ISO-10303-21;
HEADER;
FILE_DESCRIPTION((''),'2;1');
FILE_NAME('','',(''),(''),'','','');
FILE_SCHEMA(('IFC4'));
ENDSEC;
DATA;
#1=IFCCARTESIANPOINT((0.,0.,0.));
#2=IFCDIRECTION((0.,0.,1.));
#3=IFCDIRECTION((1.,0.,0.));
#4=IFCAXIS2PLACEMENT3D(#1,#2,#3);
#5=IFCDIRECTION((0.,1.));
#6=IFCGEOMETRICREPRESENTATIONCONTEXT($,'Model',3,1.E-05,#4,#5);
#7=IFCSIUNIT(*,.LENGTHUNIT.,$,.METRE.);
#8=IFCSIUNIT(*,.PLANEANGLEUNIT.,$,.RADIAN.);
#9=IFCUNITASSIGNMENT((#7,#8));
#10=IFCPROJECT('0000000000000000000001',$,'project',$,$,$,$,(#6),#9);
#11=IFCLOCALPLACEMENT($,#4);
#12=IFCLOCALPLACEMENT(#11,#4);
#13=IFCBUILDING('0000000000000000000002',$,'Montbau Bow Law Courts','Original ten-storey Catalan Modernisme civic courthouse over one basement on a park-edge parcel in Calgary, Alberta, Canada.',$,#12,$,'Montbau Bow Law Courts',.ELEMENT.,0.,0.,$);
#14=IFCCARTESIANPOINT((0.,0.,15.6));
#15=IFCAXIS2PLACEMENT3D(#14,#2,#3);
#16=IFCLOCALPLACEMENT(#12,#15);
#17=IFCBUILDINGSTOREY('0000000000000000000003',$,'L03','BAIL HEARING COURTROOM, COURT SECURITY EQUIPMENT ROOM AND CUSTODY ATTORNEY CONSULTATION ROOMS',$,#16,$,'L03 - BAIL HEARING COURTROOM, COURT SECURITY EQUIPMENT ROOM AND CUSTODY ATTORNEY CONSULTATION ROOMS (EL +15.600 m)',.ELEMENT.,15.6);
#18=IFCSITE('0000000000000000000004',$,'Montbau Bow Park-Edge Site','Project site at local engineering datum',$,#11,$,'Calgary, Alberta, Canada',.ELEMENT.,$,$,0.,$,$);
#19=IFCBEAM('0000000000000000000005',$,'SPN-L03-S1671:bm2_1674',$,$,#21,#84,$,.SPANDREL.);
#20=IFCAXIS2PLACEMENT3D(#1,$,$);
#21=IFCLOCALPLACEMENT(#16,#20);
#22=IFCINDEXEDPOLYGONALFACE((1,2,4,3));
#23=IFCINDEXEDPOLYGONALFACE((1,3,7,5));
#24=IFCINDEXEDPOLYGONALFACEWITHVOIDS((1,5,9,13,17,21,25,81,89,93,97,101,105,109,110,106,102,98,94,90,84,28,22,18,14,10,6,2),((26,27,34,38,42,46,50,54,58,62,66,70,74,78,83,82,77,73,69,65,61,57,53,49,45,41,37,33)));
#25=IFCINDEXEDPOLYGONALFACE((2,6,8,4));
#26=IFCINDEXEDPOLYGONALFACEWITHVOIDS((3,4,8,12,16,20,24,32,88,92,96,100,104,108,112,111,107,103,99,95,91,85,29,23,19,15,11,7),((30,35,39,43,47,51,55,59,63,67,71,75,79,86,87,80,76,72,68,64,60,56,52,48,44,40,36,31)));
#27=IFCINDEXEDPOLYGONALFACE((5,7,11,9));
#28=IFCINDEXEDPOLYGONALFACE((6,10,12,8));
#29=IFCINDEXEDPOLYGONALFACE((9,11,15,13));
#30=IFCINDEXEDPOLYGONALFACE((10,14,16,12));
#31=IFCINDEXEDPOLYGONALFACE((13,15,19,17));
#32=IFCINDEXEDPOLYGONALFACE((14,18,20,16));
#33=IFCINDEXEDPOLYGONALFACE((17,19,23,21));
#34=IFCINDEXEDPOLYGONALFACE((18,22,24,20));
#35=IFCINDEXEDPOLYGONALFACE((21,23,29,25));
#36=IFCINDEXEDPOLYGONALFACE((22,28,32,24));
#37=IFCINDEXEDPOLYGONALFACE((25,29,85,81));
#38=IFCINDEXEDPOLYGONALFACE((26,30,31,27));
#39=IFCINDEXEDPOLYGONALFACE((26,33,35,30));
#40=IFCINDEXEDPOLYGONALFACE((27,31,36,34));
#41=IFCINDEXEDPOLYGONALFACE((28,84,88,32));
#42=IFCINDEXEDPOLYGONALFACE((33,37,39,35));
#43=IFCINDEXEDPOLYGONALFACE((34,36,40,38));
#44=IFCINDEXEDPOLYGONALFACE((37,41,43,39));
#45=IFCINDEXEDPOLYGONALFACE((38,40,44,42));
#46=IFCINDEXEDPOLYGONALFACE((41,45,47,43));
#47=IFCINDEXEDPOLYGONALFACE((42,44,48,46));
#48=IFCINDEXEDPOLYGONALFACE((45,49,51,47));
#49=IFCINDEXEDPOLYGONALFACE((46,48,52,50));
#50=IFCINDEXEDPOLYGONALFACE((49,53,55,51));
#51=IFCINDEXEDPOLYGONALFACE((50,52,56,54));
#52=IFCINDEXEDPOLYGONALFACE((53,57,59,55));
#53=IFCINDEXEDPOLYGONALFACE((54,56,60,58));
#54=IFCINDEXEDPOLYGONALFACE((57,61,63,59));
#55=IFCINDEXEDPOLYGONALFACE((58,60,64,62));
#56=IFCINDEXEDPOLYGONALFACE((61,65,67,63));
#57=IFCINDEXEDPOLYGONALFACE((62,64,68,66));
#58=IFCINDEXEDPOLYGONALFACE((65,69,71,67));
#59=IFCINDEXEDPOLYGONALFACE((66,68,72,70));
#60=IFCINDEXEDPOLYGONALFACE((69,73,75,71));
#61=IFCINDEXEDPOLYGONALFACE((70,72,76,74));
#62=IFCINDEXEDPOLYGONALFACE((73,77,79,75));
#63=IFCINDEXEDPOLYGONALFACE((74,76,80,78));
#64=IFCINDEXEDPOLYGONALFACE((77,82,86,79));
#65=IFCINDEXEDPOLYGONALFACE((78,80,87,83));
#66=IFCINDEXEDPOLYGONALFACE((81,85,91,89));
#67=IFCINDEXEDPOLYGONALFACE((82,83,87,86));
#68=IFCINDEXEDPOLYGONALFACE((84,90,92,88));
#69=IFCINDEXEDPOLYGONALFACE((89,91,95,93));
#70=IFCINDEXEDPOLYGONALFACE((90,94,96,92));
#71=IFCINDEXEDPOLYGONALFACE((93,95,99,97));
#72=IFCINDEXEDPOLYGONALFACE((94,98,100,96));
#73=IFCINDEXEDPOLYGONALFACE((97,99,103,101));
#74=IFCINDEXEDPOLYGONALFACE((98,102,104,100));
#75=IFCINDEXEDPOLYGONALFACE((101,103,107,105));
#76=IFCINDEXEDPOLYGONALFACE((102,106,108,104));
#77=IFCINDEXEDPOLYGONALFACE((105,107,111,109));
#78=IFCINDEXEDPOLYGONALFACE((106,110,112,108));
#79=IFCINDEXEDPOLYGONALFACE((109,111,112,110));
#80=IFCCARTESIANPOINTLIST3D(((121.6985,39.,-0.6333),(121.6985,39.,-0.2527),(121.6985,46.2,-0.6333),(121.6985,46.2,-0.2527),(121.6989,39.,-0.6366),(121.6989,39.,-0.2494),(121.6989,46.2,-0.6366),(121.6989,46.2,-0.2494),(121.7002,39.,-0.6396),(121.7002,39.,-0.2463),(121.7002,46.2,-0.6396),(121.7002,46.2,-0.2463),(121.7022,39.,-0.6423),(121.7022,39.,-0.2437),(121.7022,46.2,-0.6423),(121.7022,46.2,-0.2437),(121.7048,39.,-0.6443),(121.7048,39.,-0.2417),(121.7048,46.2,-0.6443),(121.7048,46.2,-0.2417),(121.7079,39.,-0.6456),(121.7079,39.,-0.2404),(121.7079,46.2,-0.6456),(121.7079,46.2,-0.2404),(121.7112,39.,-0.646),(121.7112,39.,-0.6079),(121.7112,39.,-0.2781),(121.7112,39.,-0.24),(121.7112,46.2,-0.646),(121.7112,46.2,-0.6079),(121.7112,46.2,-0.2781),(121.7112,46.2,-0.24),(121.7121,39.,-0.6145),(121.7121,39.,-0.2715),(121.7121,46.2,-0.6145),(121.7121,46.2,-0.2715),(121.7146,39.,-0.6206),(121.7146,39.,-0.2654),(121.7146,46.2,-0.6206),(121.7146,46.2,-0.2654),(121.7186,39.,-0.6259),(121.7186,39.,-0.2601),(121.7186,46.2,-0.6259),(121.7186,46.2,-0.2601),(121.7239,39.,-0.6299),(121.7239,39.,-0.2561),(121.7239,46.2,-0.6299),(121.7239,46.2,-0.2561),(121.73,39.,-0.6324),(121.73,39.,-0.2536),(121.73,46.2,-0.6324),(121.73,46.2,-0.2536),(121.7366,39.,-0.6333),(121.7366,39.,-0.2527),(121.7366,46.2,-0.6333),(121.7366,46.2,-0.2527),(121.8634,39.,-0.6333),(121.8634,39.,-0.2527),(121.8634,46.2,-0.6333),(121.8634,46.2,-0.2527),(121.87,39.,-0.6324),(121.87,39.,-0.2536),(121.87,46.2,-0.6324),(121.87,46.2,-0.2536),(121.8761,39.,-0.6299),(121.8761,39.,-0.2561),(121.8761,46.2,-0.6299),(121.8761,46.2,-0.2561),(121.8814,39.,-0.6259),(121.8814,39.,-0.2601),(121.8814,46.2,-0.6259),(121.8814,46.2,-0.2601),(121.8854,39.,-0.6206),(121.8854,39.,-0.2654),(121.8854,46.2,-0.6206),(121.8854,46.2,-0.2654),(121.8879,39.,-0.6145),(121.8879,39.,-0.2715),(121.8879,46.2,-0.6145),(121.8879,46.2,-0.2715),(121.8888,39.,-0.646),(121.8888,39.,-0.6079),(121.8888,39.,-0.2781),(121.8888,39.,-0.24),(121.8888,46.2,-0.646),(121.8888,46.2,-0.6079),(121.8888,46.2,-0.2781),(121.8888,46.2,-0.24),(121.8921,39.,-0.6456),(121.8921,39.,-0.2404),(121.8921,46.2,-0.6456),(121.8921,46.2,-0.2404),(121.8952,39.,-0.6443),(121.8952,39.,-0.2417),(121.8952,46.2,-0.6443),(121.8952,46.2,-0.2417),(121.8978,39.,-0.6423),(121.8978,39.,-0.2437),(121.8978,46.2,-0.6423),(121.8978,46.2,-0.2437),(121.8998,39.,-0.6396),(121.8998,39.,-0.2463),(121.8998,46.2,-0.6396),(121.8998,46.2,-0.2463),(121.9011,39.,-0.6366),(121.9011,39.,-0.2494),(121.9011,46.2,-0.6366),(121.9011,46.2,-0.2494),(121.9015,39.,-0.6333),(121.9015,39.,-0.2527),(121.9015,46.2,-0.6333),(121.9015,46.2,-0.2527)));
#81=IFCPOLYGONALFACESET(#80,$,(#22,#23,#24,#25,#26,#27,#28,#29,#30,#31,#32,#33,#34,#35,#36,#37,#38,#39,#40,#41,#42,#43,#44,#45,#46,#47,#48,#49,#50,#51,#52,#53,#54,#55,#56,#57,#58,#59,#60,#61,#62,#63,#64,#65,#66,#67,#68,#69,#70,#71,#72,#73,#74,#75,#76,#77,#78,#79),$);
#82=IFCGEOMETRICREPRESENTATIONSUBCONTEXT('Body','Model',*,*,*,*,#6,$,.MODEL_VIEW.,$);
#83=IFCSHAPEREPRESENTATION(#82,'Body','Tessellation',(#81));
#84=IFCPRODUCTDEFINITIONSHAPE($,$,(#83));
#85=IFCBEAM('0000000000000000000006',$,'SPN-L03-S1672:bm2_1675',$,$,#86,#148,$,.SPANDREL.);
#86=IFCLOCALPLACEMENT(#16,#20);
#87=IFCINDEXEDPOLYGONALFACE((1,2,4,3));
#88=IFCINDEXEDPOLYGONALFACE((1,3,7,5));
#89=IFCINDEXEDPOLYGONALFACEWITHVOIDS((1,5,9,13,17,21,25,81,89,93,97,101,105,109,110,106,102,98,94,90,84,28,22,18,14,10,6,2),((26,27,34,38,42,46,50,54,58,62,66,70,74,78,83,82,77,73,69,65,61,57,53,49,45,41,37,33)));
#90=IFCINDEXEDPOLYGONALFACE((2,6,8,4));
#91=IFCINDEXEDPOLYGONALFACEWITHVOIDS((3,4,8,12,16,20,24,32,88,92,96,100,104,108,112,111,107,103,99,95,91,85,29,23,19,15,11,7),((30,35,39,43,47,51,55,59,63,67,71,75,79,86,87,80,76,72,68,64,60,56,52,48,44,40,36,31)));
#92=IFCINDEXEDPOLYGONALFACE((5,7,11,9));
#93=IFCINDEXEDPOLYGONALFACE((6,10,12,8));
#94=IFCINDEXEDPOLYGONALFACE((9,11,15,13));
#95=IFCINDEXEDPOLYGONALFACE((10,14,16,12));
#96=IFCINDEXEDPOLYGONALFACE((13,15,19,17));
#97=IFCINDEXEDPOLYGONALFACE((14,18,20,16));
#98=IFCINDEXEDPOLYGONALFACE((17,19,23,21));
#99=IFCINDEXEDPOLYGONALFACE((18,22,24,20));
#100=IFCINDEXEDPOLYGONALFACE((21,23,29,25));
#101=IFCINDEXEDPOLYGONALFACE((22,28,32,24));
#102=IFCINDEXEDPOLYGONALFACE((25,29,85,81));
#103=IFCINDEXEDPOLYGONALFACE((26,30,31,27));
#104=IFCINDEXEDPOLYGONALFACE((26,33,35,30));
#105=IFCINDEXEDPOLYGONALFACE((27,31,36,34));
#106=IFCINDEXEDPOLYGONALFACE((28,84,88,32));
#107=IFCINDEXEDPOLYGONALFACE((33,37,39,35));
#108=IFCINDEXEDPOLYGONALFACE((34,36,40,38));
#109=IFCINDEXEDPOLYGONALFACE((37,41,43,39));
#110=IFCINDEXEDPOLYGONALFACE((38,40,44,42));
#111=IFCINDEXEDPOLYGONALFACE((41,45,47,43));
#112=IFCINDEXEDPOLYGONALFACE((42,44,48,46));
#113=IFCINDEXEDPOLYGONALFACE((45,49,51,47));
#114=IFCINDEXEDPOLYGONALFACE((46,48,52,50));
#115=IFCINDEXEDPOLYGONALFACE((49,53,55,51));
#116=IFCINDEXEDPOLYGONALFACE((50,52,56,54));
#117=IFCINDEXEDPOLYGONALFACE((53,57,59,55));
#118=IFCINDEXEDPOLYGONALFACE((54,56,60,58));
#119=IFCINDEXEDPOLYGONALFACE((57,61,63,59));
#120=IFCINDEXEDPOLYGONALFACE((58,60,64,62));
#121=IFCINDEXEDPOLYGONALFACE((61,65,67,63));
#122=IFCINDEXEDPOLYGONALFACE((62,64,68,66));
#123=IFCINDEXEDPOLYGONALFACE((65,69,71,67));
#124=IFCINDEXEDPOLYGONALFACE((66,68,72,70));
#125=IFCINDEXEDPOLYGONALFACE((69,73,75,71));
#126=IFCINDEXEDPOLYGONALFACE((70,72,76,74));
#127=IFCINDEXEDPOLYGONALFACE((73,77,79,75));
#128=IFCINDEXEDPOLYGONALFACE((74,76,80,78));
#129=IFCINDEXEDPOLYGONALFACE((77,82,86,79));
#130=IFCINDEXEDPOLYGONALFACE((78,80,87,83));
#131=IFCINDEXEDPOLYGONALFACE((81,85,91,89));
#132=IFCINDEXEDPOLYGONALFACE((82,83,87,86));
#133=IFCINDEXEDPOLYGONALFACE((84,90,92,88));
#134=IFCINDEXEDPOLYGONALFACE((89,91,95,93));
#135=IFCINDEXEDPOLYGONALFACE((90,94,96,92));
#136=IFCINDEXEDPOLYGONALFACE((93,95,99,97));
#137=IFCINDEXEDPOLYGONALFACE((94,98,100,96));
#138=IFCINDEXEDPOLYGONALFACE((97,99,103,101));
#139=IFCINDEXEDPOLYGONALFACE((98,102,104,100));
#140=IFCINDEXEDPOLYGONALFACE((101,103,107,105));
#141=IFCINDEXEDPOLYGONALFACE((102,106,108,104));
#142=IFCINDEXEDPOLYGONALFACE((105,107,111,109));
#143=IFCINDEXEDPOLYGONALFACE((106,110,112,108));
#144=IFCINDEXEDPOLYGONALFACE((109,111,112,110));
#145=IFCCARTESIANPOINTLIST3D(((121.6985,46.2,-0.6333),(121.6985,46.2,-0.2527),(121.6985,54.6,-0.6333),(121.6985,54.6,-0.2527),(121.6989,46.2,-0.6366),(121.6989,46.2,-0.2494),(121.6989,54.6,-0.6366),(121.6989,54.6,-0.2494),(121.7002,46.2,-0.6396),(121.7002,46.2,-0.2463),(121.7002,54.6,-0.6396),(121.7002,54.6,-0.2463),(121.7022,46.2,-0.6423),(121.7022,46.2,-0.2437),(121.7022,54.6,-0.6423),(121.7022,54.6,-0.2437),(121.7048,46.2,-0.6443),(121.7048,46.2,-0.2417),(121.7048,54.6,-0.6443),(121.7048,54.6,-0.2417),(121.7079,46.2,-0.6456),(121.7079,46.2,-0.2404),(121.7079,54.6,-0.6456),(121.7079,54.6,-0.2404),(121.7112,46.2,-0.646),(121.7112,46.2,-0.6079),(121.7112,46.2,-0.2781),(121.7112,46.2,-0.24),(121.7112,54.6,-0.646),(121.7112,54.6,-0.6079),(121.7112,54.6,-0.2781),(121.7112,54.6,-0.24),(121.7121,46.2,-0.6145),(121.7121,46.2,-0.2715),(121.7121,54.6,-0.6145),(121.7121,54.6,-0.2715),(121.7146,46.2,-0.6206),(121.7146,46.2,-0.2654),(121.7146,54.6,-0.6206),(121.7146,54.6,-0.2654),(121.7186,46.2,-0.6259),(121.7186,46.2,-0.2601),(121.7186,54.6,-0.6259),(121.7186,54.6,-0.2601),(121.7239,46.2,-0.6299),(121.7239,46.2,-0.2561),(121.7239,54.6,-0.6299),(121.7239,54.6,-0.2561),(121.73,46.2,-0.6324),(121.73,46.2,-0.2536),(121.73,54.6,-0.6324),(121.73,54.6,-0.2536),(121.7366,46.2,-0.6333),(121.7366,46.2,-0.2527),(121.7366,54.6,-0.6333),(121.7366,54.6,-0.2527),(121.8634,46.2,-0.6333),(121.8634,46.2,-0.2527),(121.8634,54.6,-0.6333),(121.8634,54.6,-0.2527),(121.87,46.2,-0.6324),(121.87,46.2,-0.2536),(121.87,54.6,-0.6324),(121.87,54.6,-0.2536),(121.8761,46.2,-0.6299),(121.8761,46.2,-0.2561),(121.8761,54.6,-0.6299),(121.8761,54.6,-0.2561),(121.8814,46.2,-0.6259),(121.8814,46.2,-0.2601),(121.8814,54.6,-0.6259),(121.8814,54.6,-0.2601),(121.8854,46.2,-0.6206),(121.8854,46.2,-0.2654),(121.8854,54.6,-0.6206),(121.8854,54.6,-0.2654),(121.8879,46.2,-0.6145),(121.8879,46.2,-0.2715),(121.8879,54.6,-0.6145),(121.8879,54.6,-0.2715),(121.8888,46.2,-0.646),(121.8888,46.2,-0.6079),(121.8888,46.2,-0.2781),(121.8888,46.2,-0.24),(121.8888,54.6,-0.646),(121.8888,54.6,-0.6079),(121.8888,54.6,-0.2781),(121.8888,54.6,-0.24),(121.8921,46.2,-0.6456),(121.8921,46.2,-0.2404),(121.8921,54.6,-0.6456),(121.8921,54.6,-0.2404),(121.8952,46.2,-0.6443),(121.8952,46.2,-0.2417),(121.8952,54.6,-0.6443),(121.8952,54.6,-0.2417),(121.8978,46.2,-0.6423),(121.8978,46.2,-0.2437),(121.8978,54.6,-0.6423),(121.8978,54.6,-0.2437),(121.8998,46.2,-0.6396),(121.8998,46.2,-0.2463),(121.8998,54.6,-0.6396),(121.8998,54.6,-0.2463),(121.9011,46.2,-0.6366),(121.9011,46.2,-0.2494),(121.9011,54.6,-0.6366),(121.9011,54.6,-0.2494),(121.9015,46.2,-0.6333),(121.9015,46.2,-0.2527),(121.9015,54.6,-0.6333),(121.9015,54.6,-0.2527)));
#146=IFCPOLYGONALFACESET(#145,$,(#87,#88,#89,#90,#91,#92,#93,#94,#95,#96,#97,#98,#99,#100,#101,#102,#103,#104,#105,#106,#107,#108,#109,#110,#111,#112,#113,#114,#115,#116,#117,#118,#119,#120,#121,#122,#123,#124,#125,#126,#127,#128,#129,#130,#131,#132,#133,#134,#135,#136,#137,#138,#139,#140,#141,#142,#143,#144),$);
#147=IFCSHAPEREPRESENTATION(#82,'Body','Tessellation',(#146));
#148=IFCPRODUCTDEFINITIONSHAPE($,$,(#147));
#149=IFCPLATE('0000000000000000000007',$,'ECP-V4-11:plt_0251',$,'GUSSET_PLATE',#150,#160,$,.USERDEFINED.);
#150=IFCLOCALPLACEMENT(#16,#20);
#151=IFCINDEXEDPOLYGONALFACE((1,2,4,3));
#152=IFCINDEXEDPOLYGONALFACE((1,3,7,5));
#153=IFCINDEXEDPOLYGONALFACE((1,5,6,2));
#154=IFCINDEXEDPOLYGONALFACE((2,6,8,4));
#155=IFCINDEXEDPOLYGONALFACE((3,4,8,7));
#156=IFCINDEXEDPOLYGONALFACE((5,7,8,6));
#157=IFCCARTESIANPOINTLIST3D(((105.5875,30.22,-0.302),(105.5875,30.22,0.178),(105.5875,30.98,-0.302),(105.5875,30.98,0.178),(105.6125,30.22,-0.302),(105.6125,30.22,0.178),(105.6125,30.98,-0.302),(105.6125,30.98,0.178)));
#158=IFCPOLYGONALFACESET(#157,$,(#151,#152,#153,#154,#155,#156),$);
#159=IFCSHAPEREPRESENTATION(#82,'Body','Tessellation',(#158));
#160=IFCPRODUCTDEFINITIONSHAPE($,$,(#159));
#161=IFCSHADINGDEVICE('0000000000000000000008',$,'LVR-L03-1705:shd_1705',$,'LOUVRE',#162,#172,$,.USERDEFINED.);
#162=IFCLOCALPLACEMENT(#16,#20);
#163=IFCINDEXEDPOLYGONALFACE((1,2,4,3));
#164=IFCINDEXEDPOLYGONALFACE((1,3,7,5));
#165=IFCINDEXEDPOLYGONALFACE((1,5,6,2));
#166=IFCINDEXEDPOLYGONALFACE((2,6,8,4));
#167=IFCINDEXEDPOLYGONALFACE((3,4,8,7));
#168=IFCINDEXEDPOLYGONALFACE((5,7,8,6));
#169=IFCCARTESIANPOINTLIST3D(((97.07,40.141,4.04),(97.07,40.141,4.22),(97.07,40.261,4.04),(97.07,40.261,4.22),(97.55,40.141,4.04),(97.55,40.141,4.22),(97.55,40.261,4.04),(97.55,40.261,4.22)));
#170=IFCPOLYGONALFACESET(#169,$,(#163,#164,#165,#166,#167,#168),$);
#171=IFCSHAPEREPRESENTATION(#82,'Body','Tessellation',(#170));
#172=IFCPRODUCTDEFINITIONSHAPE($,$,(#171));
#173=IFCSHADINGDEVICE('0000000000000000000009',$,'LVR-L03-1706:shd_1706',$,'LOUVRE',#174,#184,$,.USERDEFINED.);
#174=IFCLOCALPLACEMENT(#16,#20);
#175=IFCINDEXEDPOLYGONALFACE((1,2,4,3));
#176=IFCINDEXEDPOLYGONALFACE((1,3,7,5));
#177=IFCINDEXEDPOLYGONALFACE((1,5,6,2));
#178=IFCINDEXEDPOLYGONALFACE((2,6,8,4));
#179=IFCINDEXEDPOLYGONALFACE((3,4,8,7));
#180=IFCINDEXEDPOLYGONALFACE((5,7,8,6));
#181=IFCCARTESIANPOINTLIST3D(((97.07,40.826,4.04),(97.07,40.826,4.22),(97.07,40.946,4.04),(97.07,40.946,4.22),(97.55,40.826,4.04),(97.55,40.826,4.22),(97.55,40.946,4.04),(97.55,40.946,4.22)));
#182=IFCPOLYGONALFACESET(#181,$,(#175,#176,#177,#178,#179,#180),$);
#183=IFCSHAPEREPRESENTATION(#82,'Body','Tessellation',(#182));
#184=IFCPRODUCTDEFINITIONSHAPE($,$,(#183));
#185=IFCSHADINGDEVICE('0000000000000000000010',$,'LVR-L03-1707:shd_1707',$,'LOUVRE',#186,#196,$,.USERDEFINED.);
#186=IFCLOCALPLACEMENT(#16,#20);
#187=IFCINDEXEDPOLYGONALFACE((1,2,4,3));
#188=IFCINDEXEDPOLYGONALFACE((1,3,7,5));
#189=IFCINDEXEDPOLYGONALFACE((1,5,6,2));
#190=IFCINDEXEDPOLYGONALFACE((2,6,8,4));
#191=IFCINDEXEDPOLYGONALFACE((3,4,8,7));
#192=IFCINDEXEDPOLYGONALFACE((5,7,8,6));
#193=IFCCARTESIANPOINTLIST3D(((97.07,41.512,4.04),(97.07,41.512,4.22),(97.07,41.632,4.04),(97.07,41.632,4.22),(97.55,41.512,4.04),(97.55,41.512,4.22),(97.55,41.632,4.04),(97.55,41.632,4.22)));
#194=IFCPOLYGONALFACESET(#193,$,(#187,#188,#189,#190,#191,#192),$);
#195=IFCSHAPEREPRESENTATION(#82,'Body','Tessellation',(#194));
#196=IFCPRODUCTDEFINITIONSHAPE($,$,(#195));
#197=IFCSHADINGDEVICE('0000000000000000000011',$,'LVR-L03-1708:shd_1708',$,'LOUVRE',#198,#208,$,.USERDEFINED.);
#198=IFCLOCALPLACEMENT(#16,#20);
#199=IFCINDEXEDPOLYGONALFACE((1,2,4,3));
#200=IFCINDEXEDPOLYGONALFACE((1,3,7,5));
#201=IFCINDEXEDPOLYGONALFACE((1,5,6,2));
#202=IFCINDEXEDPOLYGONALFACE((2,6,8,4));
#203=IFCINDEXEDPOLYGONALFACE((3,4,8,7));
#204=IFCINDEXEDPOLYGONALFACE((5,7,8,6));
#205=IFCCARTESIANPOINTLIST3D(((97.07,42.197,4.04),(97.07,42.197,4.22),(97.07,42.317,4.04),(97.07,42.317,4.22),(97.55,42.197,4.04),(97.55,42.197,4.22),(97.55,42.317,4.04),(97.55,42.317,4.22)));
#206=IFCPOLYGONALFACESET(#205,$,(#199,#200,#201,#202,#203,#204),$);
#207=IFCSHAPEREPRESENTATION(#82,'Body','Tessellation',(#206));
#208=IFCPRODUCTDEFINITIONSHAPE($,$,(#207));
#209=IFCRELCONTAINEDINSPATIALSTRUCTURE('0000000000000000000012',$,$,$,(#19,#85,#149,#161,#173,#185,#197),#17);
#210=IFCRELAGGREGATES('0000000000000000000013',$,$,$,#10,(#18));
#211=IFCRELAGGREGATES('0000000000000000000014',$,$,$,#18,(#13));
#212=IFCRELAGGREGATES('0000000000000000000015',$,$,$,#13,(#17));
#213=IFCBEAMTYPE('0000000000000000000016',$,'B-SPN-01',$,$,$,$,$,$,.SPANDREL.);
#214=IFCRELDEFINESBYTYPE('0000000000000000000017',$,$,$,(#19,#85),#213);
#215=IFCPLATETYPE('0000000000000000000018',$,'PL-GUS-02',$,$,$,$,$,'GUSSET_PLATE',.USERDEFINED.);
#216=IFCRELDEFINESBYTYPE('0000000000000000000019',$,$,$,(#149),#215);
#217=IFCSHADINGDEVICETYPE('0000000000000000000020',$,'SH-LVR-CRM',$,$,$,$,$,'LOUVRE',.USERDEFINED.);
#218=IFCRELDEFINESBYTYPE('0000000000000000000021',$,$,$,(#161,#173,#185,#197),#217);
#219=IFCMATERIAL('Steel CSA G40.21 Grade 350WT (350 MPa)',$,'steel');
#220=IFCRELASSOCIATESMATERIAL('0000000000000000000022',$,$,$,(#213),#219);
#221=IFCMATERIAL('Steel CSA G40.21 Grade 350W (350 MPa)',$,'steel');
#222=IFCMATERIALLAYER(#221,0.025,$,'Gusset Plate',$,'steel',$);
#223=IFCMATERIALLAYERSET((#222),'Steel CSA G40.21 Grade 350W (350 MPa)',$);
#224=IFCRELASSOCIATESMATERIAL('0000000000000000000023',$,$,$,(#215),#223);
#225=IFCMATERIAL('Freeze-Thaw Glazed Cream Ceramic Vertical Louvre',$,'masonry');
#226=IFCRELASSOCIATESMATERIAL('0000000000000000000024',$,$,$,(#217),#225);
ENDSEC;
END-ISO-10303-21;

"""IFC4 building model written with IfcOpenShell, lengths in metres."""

from ifc_helpers import new_model, si_unit, direction, frame, origin_with_axes, origin_2d_with_axis, place, context, subcontext, project, spatial, rectangle, hollow_rectangle, extrude, material, layer, layer_set, material_profile, profile_set, type_object, element, save


model = new_model("IFC4")

# Units and contexts
model_context = context("Model", 3, precision=1e-05, world=origin_with_axes(), true_north=direction((0.0, 1.0)))
body_context = subcontext(model_context, "Body", "Model", "MODEL_VIEW")
ifc_project = project(units=[si_unit("LENGTHUNIT", "METRE"), si_unit("PLANEANGLEUNIT", "RADIAN")], contexts=[model_context])

# Site, building, storey
site_placement = place(None, origin_with_axes())
site = spatial("IfcSite", under=ifc_project, at=site_placement, Name="Montbau Bow Park-Edge Site", Description="Project site at local engineering datum", LongName="Calgary, Alberta, Canada", CompositionType="ELEMENT", RefElevation=0.0)
building_placement = place(site_placement, origin_with_axes())
building = spatial("IfcBuilding", under=site, at=building_placement, Name="Montbau Bow Law Courts", Description="Original ten-storey Catalan Modernisme civic courthouse over one basement on a park-edge parcel in Calgary, Alberta, Canada.", LongName="Montbau Bow Law Courts", CompositionType="ELEMENT", ElevationOfRefHeight=0.0, ElevationOfTerrain=0.0)
storey_placement = place(building_placement, frame((0.0, 0.0, 15.6), z_axis=(0.0, 0.0, 1.0), x_axis=(1.0, 0.0, 0.0)))
storey = spatial("IfcBuildingStorey", under=building, at=storey_placement, Name="L03", Description="BAIL HEARING COURTROOM, COURT SECURITY EQUIPMENT ROOM AND CUSTODY ATTORNEY CONSULTATION ROOMS", LongName="L03 - BAIL HEARING COURTROOM, COURT SECURITY EQUIPMENT ROOM AND CUSTODY ATTORNEY CONSULTATION ROOMS (EL +15.600 m)", CompositionType="ELEMENT", Elevation=15.6)

# Beams
ifc_material_1 = material(Name="Steel CSA G40.21 Grade 350W (350 MPa)", Category="steel")
ifc_material_2 = material(Name="Steel CSA G40.21 Grade 350WT (350 MPa)", Category="steel")
ifc_material_profile_1 = material_profile(ifc_material_2, hollow_rectangle(XDim=0.203, YDim=0.406, WallThickness=0.0127, InnerFilletRadius=0.0254, OuterFilletRadius=0.0127, at=origin_2d_with_axis()), Name="HSS406X203X13", Category="Main", Priority=0)
ifc_profile_set_1 = profile_set([ifc_material_profile_1], Name="Steel CSA G40.21 Grade 350WT (350 MPa)")
beam_type_1 = type_object("IfcBeamType", Name="B-SPN-01", PredefinedType="SPANDREL", material=ifc_profile_set_1)
beam_1_placement = place(None, frame((121.8, 39.0, 15.157), z_axis=(0.0, 1.0, 0.0), x_axis=(-1.0, 0.0, 0.0)))
element("IfcBeam", 1, at=beam_1_placement, inside=storey, type_object=beam_type_1, Name="SPN-L03-S1671:bm2_1674", PredefinedType="SPANDREL", context=body_context, shape_type="SweptSolid", body=[
    extrude(hollow_rectangle(XDim=0.203, YDim=0.406, WallThickness=0.0127, InnerFilletRadius=0.0254, OuterFilletRadius=0.0127, at=origin_2d_with_axis()), origin_with_axes(), (0.0, 0.0, 1.0), 7.2),
])
beam_2_placement = place(None, frame((121.8, 46.2, 15.157), z_axis=(0.0, 1.0, 0.0), x_axis=(-1.0, 0.0, 0.0)))
element("IfcBeam", 2, at=beam_2_placement, inside=storey, type_object=beam_type_1, Name="SPN-L03-S1672:bm2_1675", PredefinedType="SPANDREL", context=body_context, shape_type="SweptSolid", body=[
    extrude(hollow_rectangle(XDim=0.203, YDim=0.406, WallThickness=0.0127, InnerFilletRadius=0.0254, OuterFilletRadius=0.0127, at=origin_2d_with_axis()), origin_with_axes(), (0.0, 0.0, 1.0), 8.4),
])

# Plate
ifc_layer = layer(ifc_material_1, 0.025, Name="Gusset Plate", Category="steel")
ifc_layer_set = layer_set([ifc_layer], Name="Steel CSA G40.21 Grade 350W (350 MPa)")
plate_type = type_object("IfcPlateType", Name="PL-GUS-02", ElementType="GUSSET_PLATE", PredefinedType="USERDEFINED", material=ifc_layer_set)
plate_placement = place(None, frame((105.6, 30.6, 15.298), z_axis=(0.0, 0.0, 1.0), x_axis=(1.0, 0.0, 0.0)))
element("IfcPlate", 3, at=plate_placement, inside=storey, type_object=plate_type, Name="ECP-V4-11:plt_0251", ObjectType="GUSSET_PLATE", PredefinedType="USERDEFINED", context=body_context, shape_type="SweptSolid", body=[
    extrude(rectangle(XDim=0.025, YDim=0.76, at=origin_2d_with_axis()), origin_with_axes(), (0.0, 0.0, 1.0), 0.48),
])

# Shading devices
ifc_material_3 = material(Name="Freeze-Thaw Glazed Cream Ceramic Vertical Louvre", Category="masonry")
shading_device_type = type_object("IfcShadingDeviceType", Name="SH-LVR-CRM", ElementType="LOUVRE", PredefinedType="USERDEFINED", material=ifc_material_3)
for number, where, z_axis, x_axis, name in (
    (4, (97.31, 40.201, 19.64), (0.0, 0.0, 1.0), (1.0, 0.0, 0.0), "LVR-L03-1705:shd_1705"),
    (5, (97.31, 40.886, 19.64), (0.0, 0.0, 1.0), (1.0, 0.0, 0.0), "LVR-L03-1706:shd_1706"),
    (6, (97.31, 41.572, 19.64), (0.0, 0.0, 1.0), (1.0, 0.0, 0.0), "LVR-L03-1707:shd_1707"),
    (7, (97.31, 42.257, 19.64), (0.0, 0.0, 1.0), (1.0, 0.0, 0.0), "LVR-L03-1708:shd_1708"),
):
    element("IfcShadingDevice", number, at=place(None, frame(where, z_axis=z_axis, x_axis=x_axis)), inside=storey, type_object=shading_device_type, Name=name, ObjectType="LOUVRE", PredefinedType="USERDEFINED", context=body_context, shape_type="SweptSolid", body=[
        extrude(rectangle(XDim=0.48, YDim=0.12, at=origin_2d_with_axis()), origin_with_axes(), (0.0, 0.0, 1.0), 0.18),
    ])

save(model, "model.ifc")
